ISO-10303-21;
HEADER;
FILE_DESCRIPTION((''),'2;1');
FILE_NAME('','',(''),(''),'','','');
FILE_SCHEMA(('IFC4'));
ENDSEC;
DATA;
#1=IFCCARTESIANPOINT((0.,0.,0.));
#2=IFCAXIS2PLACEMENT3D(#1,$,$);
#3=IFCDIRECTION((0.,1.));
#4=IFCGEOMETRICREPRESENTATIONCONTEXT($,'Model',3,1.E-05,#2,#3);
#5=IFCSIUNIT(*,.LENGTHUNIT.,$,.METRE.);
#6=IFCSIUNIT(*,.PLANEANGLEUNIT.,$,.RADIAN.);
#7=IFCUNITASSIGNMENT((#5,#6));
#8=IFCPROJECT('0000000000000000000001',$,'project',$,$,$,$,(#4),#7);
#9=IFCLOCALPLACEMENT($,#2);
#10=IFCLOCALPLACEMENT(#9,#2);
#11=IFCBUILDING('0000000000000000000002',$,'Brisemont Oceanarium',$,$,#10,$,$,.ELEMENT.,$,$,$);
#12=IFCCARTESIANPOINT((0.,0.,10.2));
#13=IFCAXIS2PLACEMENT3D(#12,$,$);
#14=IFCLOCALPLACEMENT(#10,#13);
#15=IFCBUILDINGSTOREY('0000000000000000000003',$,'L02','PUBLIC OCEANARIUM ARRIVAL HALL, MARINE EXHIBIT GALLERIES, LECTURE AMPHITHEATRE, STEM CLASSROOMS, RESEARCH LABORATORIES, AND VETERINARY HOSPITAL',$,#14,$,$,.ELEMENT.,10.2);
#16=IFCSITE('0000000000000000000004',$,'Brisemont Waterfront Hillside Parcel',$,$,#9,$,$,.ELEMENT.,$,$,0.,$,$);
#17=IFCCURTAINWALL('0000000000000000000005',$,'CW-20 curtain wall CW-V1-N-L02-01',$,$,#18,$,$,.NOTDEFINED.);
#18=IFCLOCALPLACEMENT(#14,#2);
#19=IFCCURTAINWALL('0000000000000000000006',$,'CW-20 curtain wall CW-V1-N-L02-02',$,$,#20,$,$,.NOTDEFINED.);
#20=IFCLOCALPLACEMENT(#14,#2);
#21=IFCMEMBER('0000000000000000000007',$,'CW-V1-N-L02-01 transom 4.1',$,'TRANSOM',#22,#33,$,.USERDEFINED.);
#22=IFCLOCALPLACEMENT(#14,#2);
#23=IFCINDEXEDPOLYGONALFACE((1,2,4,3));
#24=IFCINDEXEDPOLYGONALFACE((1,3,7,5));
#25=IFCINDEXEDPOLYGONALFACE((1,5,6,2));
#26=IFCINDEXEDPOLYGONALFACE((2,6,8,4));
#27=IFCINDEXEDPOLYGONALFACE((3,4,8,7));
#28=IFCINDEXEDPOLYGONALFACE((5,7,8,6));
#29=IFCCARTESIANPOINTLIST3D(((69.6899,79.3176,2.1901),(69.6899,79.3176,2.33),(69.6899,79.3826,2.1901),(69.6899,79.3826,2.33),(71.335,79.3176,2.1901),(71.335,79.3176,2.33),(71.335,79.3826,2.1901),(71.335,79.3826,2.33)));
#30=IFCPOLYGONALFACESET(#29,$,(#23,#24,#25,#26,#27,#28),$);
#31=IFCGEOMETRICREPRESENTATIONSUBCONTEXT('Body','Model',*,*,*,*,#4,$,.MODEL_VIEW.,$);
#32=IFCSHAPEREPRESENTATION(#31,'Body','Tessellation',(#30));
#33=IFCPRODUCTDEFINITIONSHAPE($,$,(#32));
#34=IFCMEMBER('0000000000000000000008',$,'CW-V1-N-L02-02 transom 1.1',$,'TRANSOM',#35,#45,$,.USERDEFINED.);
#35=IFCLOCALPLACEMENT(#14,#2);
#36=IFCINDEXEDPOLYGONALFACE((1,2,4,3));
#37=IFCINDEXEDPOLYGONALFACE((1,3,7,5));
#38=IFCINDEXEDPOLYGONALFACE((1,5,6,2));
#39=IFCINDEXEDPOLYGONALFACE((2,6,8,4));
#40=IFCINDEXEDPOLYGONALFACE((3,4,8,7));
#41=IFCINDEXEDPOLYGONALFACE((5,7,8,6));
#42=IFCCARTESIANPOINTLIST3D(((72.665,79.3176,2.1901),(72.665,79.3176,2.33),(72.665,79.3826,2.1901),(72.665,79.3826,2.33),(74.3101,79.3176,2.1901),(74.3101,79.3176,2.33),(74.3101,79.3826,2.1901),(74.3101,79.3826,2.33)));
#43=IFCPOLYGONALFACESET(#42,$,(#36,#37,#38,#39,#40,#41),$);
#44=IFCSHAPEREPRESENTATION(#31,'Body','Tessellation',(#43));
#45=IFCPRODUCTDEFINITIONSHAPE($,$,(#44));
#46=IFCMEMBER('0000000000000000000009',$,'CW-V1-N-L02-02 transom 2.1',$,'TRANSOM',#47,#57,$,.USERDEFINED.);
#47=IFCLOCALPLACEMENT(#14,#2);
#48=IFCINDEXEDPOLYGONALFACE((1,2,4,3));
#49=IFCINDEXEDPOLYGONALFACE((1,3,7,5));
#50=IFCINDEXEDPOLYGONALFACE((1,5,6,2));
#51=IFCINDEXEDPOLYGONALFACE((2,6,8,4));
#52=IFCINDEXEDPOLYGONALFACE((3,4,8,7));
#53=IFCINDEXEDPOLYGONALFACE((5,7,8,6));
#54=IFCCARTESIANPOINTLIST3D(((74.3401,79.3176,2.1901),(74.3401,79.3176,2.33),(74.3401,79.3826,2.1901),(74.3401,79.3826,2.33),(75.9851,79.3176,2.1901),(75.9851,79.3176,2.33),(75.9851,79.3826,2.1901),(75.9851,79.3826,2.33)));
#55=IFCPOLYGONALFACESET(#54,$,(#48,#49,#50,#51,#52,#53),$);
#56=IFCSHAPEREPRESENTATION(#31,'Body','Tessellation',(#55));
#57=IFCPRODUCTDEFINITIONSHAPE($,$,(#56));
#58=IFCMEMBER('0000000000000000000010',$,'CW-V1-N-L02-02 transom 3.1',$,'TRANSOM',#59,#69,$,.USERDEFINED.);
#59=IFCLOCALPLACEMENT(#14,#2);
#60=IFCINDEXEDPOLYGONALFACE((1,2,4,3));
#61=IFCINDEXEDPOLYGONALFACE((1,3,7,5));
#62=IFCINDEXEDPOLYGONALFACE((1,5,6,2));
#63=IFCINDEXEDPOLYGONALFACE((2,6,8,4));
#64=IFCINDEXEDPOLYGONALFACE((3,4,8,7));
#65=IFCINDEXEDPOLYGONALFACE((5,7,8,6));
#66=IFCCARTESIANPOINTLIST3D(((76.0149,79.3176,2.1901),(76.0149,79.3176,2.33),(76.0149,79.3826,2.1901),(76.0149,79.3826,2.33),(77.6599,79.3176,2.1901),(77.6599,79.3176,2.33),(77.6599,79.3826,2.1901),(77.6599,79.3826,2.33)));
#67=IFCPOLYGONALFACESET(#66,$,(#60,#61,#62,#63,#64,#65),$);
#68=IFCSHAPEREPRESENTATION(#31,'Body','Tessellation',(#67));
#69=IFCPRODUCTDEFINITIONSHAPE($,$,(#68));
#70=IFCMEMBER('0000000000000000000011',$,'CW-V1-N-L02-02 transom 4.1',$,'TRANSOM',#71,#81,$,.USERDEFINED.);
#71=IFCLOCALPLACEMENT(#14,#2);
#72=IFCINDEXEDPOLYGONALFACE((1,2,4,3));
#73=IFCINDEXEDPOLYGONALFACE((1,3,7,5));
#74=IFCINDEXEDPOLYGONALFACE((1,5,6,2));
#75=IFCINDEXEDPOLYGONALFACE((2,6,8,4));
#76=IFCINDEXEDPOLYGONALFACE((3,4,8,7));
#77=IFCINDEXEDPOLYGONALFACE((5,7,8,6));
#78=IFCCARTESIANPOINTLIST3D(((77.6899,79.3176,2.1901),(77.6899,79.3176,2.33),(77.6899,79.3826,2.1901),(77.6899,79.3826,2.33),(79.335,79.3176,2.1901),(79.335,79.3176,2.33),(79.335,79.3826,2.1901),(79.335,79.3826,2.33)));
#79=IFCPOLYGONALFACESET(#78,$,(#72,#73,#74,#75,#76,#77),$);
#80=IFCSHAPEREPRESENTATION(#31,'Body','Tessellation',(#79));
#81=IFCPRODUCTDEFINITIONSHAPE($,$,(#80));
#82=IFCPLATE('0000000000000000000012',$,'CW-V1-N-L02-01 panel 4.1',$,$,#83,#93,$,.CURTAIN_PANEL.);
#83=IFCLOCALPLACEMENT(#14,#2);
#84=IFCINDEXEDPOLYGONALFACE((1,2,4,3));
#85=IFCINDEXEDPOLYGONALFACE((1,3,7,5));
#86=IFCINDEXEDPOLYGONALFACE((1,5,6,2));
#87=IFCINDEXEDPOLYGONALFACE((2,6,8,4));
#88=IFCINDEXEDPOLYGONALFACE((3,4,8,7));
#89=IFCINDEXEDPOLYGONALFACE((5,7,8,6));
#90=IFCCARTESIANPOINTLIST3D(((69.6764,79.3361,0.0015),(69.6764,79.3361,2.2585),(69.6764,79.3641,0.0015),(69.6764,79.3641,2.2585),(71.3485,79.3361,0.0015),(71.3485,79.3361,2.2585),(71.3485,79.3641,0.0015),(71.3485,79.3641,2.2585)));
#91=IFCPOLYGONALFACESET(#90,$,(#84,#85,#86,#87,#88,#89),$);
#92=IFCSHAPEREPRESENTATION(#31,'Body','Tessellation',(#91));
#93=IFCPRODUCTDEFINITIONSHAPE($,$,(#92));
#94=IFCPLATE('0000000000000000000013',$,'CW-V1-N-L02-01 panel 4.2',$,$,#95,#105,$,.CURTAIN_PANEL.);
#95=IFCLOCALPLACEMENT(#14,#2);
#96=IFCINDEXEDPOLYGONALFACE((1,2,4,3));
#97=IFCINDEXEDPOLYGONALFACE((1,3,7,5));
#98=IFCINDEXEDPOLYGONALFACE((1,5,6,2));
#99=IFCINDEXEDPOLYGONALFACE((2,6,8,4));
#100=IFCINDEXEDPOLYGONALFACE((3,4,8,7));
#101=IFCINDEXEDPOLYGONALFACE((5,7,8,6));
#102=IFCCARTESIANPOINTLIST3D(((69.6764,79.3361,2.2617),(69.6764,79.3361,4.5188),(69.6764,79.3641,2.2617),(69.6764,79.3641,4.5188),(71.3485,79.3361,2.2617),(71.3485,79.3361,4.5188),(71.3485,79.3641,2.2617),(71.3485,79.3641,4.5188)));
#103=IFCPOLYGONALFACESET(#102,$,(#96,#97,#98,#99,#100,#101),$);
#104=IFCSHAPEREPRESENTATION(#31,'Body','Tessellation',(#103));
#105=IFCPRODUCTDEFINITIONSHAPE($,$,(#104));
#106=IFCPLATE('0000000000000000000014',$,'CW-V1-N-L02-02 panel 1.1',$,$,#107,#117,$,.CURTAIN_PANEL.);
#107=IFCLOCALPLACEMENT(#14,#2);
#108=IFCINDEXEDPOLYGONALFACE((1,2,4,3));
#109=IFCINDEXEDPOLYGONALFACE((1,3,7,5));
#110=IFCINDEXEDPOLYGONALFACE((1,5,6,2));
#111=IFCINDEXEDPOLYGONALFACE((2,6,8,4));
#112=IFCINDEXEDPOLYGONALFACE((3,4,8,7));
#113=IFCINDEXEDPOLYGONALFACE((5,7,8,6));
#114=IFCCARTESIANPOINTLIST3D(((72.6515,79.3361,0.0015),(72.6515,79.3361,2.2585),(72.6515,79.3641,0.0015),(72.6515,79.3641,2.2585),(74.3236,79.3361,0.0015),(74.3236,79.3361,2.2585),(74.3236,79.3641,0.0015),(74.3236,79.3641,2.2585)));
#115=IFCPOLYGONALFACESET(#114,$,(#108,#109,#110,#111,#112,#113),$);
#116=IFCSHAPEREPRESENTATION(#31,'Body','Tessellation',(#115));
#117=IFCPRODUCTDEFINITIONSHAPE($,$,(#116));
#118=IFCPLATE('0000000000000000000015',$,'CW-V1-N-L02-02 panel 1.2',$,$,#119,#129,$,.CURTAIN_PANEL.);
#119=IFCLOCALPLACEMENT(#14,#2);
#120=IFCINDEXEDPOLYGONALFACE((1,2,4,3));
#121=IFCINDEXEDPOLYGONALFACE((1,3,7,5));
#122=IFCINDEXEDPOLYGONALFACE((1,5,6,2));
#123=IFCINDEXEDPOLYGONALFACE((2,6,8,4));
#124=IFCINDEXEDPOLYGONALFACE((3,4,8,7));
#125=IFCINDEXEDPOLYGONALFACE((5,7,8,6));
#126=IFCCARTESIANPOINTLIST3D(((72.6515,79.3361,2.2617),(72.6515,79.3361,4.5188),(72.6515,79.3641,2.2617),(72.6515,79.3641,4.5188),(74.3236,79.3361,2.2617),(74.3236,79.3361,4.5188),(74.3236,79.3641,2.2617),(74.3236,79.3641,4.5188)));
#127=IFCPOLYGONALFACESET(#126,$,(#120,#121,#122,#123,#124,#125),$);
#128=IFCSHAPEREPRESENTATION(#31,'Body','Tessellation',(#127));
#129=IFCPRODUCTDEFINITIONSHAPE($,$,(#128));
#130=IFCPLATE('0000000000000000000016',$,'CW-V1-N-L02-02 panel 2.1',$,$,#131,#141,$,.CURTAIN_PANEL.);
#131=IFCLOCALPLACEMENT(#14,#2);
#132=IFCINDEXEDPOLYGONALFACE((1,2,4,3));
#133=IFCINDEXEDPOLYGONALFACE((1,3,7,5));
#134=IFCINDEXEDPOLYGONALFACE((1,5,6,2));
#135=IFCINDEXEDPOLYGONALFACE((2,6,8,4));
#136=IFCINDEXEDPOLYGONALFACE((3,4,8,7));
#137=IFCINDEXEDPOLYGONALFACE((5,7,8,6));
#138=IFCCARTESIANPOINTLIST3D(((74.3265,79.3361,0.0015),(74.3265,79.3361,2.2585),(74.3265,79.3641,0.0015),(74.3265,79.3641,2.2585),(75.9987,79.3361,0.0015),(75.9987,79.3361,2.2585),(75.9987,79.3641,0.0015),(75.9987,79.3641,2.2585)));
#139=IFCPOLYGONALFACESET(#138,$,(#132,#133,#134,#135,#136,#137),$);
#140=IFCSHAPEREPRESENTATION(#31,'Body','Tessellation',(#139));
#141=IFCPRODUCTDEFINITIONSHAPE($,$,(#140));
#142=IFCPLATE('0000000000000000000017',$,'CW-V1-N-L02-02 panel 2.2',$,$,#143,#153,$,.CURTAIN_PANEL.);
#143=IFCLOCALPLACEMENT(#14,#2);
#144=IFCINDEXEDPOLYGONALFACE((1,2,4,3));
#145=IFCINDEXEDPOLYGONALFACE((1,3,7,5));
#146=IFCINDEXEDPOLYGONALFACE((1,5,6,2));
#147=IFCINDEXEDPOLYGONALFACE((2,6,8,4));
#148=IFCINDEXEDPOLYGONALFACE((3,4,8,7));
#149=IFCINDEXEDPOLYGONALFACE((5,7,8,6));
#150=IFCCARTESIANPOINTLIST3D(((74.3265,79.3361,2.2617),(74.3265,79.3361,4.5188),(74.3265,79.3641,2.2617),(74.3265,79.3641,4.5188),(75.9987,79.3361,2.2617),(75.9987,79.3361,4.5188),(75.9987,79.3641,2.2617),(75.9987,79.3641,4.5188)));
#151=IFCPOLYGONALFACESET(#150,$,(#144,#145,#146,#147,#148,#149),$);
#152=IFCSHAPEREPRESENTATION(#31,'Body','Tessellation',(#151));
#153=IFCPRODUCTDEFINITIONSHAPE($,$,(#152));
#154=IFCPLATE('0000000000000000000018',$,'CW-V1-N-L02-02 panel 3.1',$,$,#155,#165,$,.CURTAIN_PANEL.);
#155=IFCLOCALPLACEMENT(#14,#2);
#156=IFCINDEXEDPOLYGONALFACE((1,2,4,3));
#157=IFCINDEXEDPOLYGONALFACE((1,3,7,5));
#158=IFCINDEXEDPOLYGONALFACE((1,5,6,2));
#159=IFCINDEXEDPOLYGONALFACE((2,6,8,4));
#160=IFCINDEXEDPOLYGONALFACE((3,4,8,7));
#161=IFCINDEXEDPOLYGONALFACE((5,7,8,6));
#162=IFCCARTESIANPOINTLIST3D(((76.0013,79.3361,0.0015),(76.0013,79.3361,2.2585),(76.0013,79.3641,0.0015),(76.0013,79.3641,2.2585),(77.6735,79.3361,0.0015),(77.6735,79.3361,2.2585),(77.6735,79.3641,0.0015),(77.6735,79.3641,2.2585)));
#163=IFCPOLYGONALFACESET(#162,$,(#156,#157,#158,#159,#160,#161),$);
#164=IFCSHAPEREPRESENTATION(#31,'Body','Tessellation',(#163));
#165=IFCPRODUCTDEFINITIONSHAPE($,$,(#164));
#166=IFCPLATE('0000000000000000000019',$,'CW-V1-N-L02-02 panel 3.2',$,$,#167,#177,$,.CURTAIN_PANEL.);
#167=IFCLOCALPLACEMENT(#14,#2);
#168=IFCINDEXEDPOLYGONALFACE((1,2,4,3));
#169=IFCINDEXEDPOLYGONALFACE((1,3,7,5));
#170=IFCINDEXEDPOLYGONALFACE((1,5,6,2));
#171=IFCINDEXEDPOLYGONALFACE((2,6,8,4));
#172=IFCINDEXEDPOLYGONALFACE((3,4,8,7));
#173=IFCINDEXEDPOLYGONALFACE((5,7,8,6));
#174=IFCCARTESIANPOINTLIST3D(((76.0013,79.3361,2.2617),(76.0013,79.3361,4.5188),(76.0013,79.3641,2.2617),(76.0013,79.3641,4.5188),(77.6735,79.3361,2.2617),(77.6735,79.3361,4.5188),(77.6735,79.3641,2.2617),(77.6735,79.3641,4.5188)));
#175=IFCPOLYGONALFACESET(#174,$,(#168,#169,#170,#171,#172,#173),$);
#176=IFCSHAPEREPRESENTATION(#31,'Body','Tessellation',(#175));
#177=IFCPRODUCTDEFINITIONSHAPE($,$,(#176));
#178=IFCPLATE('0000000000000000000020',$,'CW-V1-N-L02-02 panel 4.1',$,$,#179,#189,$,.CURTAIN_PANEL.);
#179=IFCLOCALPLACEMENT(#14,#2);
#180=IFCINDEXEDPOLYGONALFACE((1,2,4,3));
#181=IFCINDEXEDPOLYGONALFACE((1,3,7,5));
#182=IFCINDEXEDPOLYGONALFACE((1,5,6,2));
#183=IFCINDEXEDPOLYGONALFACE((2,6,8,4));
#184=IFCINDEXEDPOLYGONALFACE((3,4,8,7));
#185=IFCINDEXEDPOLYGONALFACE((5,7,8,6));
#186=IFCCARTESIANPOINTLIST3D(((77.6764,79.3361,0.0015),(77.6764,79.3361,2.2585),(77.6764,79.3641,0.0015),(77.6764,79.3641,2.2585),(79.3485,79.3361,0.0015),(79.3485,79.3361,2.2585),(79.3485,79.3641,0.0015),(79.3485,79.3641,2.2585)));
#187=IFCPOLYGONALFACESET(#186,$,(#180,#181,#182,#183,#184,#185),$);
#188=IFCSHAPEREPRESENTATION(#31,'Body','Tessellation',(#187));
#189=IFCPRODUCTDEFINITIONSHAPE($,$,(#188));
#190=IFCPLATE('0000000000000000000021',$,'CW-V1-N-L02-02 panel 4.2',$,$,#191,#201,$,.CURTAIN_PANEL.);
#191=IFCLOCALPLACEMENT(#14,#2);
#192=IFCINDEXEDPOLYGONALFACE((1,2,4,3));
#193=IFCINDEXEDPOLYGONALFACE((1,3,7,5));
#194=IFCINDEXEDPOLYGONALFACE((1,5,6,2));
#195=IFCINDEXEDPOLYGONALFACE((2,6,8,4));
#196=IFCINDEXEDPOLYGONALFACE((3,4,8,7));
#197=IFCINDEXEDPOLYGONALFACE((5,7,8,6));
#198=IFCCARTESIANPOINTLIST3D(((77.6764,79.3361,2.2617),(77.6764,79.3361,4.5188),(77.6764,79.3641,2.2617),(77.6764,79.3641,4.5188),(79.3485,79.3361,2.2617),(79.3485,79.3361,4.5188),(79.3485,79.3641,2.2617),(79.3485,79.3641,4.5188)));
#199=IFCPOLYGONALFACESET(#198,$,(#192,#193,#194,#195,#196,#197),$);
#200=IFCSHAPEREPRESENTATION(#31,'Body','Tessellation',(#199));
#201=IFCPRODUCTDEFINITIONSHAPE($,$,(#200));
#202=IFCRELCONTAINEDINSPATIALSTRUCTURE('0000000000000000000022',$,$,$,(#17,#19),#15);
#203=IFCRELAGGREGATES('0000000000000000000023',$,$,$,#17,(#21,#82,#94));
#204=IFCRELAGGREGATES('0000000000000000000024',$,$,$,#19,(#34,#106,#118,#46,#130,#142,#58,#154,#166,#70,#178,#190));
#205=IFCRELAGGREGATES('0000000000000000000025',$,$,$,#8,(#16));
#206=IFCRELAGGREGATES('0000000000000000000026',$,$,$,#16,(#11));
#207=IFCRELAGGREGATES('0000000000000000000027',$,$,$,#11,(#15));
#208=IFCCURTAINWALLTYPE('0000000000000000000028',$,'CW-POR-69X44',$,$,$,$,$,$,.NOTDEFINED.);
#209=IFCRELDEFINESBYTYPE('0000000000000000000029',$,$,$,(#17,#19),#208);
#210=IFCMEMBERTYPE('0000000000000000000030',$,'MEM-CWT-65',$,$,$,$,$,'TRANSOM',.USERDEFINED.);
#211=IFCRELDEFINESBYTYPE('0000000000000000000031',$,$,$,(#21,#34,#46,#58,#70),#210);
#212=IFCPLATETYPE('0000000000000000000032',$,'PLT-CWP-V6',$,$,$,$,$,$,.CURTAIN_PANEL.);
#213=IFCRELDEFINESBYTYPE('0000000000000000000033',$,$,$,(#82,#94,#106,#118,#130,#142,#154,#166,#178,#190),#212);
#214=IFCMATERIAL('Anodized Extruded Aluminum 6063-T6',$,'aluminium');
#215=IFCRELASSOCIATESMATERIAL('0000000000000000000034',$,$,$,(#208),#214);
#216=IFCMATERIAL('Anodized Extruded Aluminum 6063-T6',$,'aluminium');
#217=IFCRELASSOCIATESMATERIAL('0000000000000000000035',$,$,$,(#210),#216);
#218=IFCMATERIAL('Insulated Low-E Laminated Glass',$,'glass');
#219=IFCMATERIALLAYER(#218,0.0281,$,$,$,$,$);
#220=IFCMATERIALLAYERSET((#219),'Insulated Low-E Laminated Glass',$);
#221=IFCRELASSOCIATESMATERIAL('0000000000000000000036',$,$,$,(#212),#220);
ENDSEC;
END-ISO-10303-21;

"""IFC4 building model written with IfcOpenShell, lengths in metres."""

from ifc_helpers import new_model, si_unit, direction, frame, origin, origin_2d, place, context, subcontext, project, spatial, rectangle, extrude, material, layer, layer_set, material_profile, profile_set, type_object, element, aggregate, save


model = new_model("IFC4")

# Units and contexts
model_context = context("Model", 3, precision=1e-05, world=origin(), true_north=direction((0.0, 1.0)))
body_context = subcontext(model_context, "Body", "Model", "MODEL_VIEW")
ifc_project = project(units=[si_unit("LENGTHUNIT", "METRE"), si_unit("PLANEANGLEUNIT", "RADIAN")], contexts=[model_context])

# Site, building, storey
site_placement = place(None, origin())
site = spatial("IfcSite", under=ifc_project, at=site_placement, Name="Brisemont Waterfront Hillside Parcel", CompositionType="ELEMENT", RefElevation=0.0)
building_placement = place(site_placement, origin())
building = spatial("IfcBuilding", under=site, at=building_placement, Name="Brisemont Oceanarium", CompositionType="ELEMENT")
storey_placement = place(building_placement, frame((0.0, 0.0, 10.2)))
storey = spatial("IfcBuildingStorey", under=building, at=storey_placement, Name="L02", Description="PUBLIC OCEANARIUM ARRIVAL HALL, MARINE EXHIBIT GALLERIES, LECTURE AMPHITHEATRE, STEM CLASSROOMS, RESEARCH LABORATORIES, AND VETERINARY HOSPITAL", CompositionType="ELEMENT", Elevation=10.2)

# Curtain wall
ifc_material_1 = material(Name="Anodized Extruded Aluminum 6063-T6", Category="aluminium")
curtain_wall_type = type_object("IfcCurtainWallType", Name="CW-POR-69X44", PredefinedType="NOTDEFINED", material=ifc_material_1)
curtain_wall_1_placement = place(storey_placement, origin())
curtain_wall_1 = element("IfcCurtainWall", 1, at=curtain_wall_1_placement, inside=storey, type_object=curtain_wall_type, Name="CW-20 curtain wall CW-V1-N-L02-01", PredefinedType="NOTDEFINED")

# Curtain wall
curtain_wall_2_placement = place(storey_placement, origin())
curtain_wall_2 = element("IfcCurtainWall", 2, at=curtain_wall_2_placement, inside=storey, type_object=curtain_wall_type, Name="CW-20 curtain wall CW-V1-N-L02-02", PredefinedType="NOTDEFINED")

# Members
ifc_material_2 = material(Name="Anodized Extruded Aluminum 6063-T6", Category="aluminium")
ifc_material_profile_1 = material_profile(ifc_material_2, rectangle(XDim=0.0649, YDim=0.1399, at=origin_2d()), Name="CWT-65X140")
ifc_profile_set_1 = profile_set([ifc_material_profile_1], Name="Anodized Extruded Aluminum 6063-T6")
member_type_1 = type_object("IfcMemberType", Name="MEM-CWT-65", ElementType="TRANSOM", PredefinedType="USERDEFINED", material=ifc_profile_set_1)
member_1_placement = place(storey_placement, frame((69.6899, 79.3501, 2.26), z_axis=(1.0, 0.0, 0.0), x_axis=(0.0, 1.0, 0.0)))
member_1 = element("IfcMember", 3, at=member_1_placement, type_object=member_type_1, Name="CW-V1-N-L02-01 transom 4.1", ObjectType="TRANSOM", PredefinedType="USERDEFINED", context=body_context, shape_type="SweptSolid", body=[
    extrude(rectangle(XDim=0.0649, YDim=0.1399, at=origin_2d()), origin(), (0.0, 0.0, 1.0), 1.645),
])
member_2_placement = place(storey_placement, frame((72.665, 79.3501, 2.26), z_axis=(1.0, 0.0, 0.0), x_axis=(0.0, 1.0, 0.0)))
member_2 = element("IfcMember", 4, at=member_2_placement, type_object=member_type_1, Name="CW-V1-N-L02-02 transom 1.1", ObjectType="TRANSOM", PredefinedType="USERDEFINED", context=body_context, shape_type="SweptSolid", body=[
    extrude(rectangle(XDim=0.0649, YDim=0.1399, at=origin_2d()), origin(), (0.0, 0.0, 1.0), 1.645),
])
member_3_placement = place(storey_placement, frame((74.3401, 79.3501, 2.26), z_axis=(1.0, 0.0, 0.0), x_axis=(0.0, 1.0, 0.0)))
member_3 = element("IfcMember", 5, at=member_3_placement, type_object=member_type_1, Name="CW-V1-N-L02-02 transom 2.1", ObjectType="TRANSOM", PredefinedType="USERDEFINED", context=body_context, shape_type="SweptSolid", body=[
    extrude(rectangle(XDim=0.0649, YDim=0.1399, at=origin_2d()), origin(), (0.0, 0.0, 1.0), 1.645),
])
member_4_placement = place(storey_placement, frame((76.0149, 79.3501, 2.26), z_axis=(1.0, 0.0, 0.0), x_axis=(0.0, 1.0, 0.0)))
member_4 = element("IfcMember", 6, at=member_4_placement, type_object=member_type_1, Name="CW-V1-N-L02-02 transom 3.1", ObjectType="TRANSOM", PredefinedType="USERDEFINED", context=body_context, shape_type="SweptSolid", body=[
    extrude(rectangle(XDim=0.0649, YDim=0.1399, at=origin_2d()), origin(), (0.0, 0.0, 1.0), 1.645),
])
member_5_placement = place(storey_placement, frame((77.6899, 79.3501, 2.26), z_axis=(1.0, 0.0, 0.0), x_axis=(0.0, 1.0, 0.0)))
member_5 = element("IfcMember", 7, at=member_5_placement, type_object=member_type_1, Name="CW-V1-N-L02-02 transom 4.1", ObjectType="TRANSOM", PredefinedType="USERDEFINED", context=body_context, shape_type="SweptSolid", body=[
    extrude(rectangle(XDim=0.0649, YDim=0.1399, at=origin_2d()), origin(), (0.0, 0.0, 1.0), 1.645),
])

# Plates
ifc_material_3 = material(Name="Insulated Low-E Laminated Glass", Category="glass")
ifc_layer = layer(ifc_material_3, 0.0281)
ifc_layer_set = layer_set([ifc_layer], Name="Insulated Low-E Laminated Glass")
plate_type = type_object("IfcPlateType", Name="PLT-CWP-V6", PredefinedType="CURTAIN_PANEL", material=ifc_layer_set)
plate_1_placement = place(storey_placement, frame((70.5125, 79.3501, 0.0015), z_axis=(0.0, 0.0, 1.0), x_axis=(1.0, 0.0, 0.0)))
plate_1 = element("IfcPlate", 8, at=plate_1_placement, type_object=plate_type, Name="CW-V1-N-L02-01 panel 4.1", PredefinedType="CURTAIN_PANEL", context=body_context, shape_type="SweptSolid", body=[
    extrude(rectangle(XDim=1.6721, YDim=0.0281, at=origin_2d()), origin(), (0.0, 0.0, 1.0), 2.2571),
])
plate_2_placement = place(storey_placement, frame((70.5125, 79.3501, 2.2617), z_axis=(0.0, 0.0, 1.0), x_axis=(1.0, 0.0, 0.0)))
plate_2 = element("IfcPlate", 9, at=plate_2_placement, type_object=plate_type, Name="CW-V1-N-L02-01 panel 4.2", PredefinedType="CURTAIN_PANEL", context=body_context, shape_type="SweptSolid", body=[
    extrude(rectangle(XDim=1.6721, YDim=0.0281, at=origin_2d()), origin(), (0.0, 0.0, 1.0), 2.2571),
])
aggregate(curtain_wall_1, [member_1, plate_1, plate_2])
plate_3_placement = place(storey_placement, frame((73.4875, 79.3501, 0.0015), z_axis=(0.0, 0.0, 1.0), x_axis=(1.0, 0.0, 0.0)))
plate_3 = element("IfcPlate", 10, at=plate_3_placement, type_object=plate_type, Name="CW-V1-N-L02-02 panel 1.1", PredefinedType="CURTAIN_PANEL", context=body_context, shape_type="SweptSolid", body=[
    extrude(rectangle(XDim=1.6721, YDim=0.0281, at=origin_2d()), origin(), (0.0, 0.0, 1.0), 2.2571),
])
plate_4_placement = place(storey_placement, frame((73.4875, 79.3501, 2.2617), z_axis=(0.0, 0.0, 1.0), x_axis=(1.0, 0.0, 0.0)))
plate_4 = element("IfcPlate", 11, at=plate_4_placement, type_object=plate_type, Name="CW-V1-N-L02-02 panel 1.2", PredefinedType="CURTAIN_PANEL", context=body_context, shape_type="SweptSolid", body=[
    extrude(rectangle(XDim=1.6721, YDim=0.0281, at=origin_2d()), origin(), (0.0, 0.0, 1.0), 2.2571),
])
plate_5_placement = place(storey_placement, frame((75.1626, 79.3501, 0.0015), z_axis=(0.0, 0.0, 1.0), x_axis=(1.0, 0.0, 0.0)))
plate_5 = element("IfcPlate", 12, at=plate_5_placement, type_object=plate_type, Name="CW-V1-N-L02-02 panel 2.1", PredefinedType="CURTAIN_PANEL", context=body_context, shape_type="SweptSolid", body=[
    extrude(rectangle(XDim=1.6721, YDim=0.0281, at=origin_2d()), origin(), (0.0, 0.0, 1.0), 2.2571),
])
plate_6_placement = place(storey_placement, frame((75.1626, 79.3501, 2.2617), z_axis=(0.0, 0.0, 1.0), x_axis=(1.0, 0.0, 0.0)))
plate_6 = element("IfcPlate", 13, at=plate_6_placement, type_object=plate_type, Name="CW-V1-N-L02-02 panel 2.2", PredefinedType="CURTAIN_PANEL", context=body_context, shape_type="SweptSolid", body=[
    extrude(rectangle(XDim=1.6721, YDim=0.0281, at=origin_2d()), origin(), (0.0, 0.0, 1.0), 2.2571),
])
plate_7_placement = place(storey_placement, frame((76.8374, 79.3501, 0.0015), z_axis=(0.0, 0.0, 1.0), x_axis=(1.0, 0.0, 0.0)))
plate_7 = element("IfcPlate", 14, at=plate_7_placement, type_object=plate_type, Name="CW-V1-N-L02-02 panel 3.1", PredefinedType="CURTAIN_PANEL", context=body_context, shape_type="SweptSolid", body=[
    extrude(rectangle(XDim=1.6721, YDim=0.0281, at=origin_2d()), origin(), (0.0, 0.0, 1.0), 2.2571),
])
plate_8_placement = place(storey_placement, frame((76.8374, 79.3501, 2.2617), z_axis=(0.0, 0.0, 1.0), x_axis=(1.0, 0.0, 0.0)))
plate_8 = element("IfcPlate", 15, at=plate_8_placement, type_object=plate_type, Name="CW-V1-N-L02-02 panel 3.2", PredefinedType="CURTAIN_PANEL", context=body_context, shape_type="SweptSolid", body=[
    extrude(rectangle(XDim=1.6721, YDim=0.0281, at=origin_2d()), origin(), (0.0, 0.0, 1.0), 2.2571),
])
plate_9_placement = place(storey_placement, frame((78.5125, 79.3501, 0.0015), z_axis=(0.0, 0.0, 1.0), x_axis=(1.0, 0.0, 0.0)))
plate_9 = element("IfcPlate", 16, at=plate_9_placement, type_object=plate_type, Name="CW-V1-N-L02-02 panel 4.1", PredefinedType="CURTAIN_PANEL", context=body_context, shape_type="SweptSolid", body=[
    extrude(rectangle(XDim=1.6721, YDim=0.0281, at=origin_2d()), origin(), (0.0, 0.0, 1.0), 2.2571),
])
plate_10_placement = place(storey_placement, frame((78.5125, 79.3501, 2.2617), z_axis=(0.0, 0.0, 1.0), x_axis=(1.0, 0.0, 0.0)))
plate_10 = element("IfcPlate", 17, at=plate_10_placement, type_object=plate_type, Name="CW-V1-N-L02-02 panel 4.2", PredefinedType="CURTAIN_PANEL", context=body_context, shape_type="SweptSolid", body=[
    extrude(rectangle(XDim=1.6721, YDim=0.0281, at=origin_2d()), origin(), (0.0, 0.0, 1.0), 2.2571),
])
aggregate(curtain_wall_2, [member_2, plate_3, plate_4, member_3, plate_5, plate_6, member_4, plate_7, plate_8, member_5, plate_9, plate_10])

save(model, "model.ifc")
